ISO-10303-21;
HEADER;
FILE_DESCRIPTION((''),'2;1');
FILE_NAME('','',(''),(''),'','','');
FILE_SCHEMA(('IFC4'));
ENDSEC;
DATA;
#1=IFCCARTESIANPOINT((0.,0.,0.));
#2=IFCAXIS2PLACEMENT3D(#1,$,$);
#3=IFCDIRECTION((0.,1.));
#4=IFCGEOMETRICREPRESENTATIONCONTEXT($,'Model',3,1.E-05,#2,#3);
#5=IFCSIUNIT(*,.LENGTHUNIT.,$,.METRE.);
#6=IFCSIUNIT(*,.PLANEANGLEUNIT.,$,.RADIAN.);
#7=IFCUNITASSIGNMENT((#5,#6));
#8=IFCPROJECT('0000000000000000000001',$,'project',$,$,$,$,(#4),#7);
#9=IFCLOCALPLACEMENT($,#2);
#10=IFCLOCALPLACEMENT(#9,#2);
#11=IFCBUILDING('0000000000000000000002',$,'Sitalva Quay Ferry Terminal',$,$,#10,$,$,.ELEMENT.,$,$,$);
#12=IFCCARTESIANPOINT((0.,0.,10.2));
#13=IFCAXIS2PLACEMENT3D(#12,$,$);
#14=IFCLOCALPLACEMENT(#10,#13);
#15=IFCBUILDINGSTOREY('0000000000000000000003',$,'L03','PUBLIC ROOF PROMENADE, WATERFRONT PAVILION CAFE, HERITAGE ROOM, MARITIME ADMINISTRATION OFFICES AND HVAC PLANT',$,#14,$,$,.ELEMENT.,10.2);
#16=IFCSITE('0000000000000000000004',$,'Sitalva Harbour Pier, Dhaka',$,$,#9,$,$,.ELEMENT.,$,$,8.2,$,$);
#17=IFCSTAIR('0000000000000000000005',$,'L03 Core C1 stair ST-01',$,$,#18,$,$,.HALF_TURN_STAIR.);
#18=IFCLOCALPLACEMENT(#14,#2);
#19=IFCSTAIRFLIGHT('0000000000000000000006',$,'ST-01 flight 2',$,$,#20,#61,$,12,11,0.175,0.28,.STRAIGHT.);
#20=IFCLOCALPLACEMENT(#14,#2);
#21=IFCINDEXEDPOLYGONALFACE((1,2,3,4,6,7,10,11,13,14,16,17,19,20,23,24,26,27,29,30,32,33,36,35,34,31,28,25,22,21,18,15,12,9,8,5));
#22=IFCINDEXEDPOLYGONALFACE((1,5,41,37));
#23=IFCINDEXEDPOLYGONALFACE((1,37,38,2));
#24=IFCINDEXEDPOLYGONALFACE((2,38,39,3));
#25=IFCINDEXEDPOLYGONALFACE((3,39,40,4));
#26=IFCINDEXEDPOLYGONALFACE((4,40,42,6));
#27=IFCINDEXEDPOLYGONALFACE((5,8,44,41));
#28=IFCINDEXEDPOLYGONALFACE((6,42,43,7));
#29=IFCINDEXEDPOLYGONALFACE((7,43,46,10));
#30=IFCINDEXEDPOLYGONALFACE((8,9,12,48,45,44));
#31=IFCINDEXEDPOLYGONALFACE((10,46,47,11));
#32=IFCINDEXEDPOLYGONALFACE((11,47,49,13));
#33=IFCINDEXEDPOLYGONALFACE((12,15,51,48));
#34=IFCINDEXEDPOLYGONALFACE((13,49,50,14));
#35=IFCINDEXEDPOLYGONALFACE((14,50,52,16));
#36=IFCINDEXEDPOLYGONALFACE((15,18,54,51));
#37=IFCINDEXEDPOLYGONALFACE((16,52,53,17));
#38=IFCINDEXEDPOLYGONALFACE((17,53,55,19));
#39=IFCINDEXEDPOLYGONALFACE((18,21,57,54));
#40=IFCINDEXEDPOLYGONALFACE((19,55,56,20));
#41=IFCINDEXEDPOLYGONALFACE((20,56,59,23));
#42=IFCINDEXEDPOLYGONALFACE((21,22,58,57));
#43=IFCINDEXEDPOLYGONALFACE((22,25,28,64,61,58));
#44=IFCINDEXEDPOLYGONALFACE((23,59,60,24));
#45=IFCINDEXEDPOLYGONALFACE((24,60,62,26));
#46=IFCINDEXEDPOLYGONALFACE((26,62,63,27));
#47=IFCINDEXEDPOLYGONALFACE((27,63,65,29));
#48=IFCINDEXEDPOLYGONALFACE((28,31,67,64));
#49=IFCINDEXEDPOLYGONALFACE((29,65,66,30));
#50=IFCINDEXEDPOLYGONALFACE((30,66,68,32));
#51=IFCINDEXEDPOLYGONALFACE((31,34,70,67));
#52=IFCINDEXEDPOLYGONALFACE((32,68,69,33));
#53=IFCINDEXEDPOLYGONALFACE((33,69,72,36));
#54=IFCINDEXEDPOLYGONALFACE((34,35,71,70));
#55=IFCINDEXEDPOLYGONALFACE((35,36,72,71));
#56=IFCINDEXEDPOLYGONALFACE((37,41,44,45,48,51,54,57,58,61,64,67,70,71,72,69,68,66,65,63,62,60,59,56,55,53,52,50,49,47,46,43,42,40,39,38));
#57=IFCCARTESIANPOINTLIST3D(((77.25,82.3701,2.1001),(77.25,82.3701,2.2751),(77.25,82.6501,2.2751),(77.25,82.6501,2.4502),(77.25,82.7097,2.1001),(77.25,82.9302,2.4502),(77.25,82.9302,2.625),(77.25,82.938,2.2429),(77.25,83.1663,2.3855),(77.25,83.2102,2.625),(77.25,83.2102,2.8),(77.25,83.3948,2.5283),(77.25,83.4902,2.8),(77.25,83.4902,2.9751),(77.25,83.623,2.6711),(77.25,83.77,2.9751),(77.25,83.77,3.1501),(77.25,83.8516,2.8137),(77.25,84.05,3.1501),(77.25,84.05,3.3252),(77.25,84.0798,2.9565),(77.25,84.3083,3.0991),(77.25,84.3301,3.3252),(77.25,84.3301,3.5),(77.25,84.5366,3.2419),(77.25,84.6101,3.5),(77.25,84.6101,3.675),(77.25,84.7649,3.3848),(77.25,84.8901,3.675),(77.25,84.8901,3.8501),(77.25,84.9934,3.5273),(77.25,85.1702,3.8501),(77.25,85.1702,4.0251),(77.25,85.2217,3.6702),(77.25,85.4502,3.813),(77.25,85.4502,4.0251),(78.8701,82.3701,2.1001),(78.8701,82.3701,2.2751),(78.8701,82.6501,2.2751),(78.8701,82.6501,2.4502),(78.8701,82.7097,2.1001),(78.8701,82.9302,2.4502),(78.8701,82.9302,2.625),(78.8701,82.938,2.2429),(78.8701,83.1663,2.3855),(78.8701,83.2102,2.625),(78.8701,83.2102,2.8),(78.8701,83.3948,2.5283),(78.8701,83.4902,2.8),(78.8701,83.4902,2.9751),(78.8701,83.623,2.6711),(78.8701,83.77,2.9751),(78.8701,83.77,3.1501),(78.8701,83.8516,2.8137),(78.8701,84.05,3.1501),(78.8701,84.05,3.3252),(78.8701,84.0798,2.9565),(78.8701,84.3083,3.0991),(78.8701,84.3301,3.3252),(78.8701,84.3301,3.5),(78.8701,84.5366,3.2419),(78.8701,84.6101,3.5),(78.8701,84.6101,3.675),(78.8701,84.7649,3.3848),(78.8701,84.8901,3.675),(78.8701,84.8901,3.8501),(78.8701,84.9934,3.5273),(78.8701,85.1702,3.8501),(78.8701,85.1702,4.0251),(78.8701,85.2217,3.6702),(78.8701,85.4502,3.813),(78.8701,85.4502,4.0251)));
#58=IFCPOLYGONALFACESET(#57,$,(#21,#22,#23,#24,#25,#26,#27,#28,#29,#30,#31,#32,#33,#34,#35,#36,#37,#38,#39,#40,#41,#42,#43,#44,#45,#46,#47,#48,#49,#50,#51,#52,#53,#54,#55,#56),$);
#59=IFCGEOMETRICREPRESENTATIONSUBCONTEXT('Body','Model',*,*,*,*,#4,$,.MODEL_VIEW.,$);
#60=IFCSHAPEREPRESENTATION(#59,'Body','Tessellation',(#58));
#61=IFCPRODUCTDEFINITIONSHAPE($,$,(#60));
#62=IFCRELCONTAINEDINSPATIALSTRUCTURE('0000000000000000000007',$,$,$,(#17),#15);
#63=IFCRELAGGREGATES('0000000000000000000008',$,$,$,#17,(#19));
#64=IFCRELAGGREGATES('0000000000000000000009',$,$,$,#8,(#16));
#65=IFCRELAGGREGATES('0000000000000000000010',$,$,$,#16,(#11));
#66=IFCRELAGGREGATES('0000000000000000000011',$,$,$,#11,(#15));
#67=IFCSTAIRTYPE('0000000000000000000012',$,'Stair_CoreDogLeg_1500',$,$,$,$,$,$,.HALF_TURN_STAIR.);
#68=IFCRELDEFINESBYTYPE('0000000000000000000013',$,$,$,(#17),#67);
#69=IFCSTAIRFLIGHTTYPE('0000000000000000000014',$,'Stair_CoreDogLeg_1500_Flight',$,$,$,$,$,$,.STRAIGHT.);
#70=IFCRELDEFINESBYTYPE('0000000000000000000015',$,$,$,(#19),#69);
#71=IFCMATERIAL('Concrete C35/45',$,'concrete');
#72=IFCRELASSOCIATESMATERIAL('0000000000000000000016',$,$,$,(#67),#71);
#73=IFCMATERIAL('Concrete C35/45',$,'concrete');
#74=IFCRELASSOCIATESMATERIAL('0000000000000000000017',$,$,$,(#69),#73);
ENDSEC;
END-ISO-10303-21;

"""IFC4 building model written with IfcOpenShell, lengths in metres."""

from ifc_helpers import new_model, si_unit, direction, frame, origin, place, context, subcontext, project, spatial, polyline, outline, extrude, material, type_object, element, aggregate, save


model = new_model("IFC4")

# Units and contexts
model_context = context("Model", 3, precision=1e-05, world=origin(), true_north=direction((0.0, 1.0)))
body_context = subcontext(model_context, "Body", "Model", "MODEL_VIEW")
ifc_project = project(units=[si_unit("LENGTHUNIT", "METRE"), si_unit("PLANEANGLEUNIT", "RADIAN")], contexts=[model_context])

# Site, building, storey
site_placement = place(None, origin())
site = spatial("IfcSite", under=ifc_project, at=site_placement, Name="Sitalva Harbour Pier, Dhaka", CompositionType="ELEMENT", RefElevation=8.2)
building_placement = place(site_placement, origin())
building = spatial("IfcBuilding", under=site, at=building_placement, Name="Sitalva Quay Ferry Terminal", CompositionType="ELEMENT")
storey_placement = place(building_placement, frame((0.0, 0.0, 10.2)))
storey = spatial("IfcBuildingStorey", under=building, at=storey_placement, Name="L03", Description="PUBLIC ROOF PROMENADE, WATERFRONT PAVILION CAFE, HERITAGE ROOM, MARITIME ADMINISTRATION OFFICES AND HVAC PLANT", CompositionType="ELEMENT", Elevation=10.2)

# Stair, stair flight
ifc_material_1 = material(Name="Concrete C35/45", Category="concrete")
stair_type = type_object("IfcStairType", Name="Stair_CoreDogLeg_1500", PredefinedType="HALF_TURN_STAIR", material=ifc_material_1)
stair_placement = place(storey_placement, origin())
stair = element("IfcStair", 1, at=stair_placement, inside=storey, type_object=stair_type, Name="L03 Core C1 stair ST-01", PredefinedType="HALF_TURN_STAIR")
ifc_material_2 = material(Name="Concrete C35/45", Category="concrete")
stair_flight_type = type_object("IfcStairFlightType", Name="Stair_CoreDogLeg_1500_Flight", PredefinedType="STRAIGHT", material=ifc_material_2)
stair_flight_1_placement = place(storey_placement, frame((78.0601, 82.3701, 2.1001), z_axis=(0.0, 0.0, 1.0), x_axis=(0.0, 1.0, 0.0)))
stair_flight_1 = element("IfcStairFlight", 2, at=stair_flight_1_placement, type_object=stair_flight_type, Name="ST-01 flight 2", NumberOfRisers=12, NumberOfTreads=11, PredefinedType="STRAIGHT", RiserHeight=0.175, TreadLength=0.28, context=body_context, shape_type="SweptSolid", body=[
    extrude(outline(polyline([(0.0, 0.0), (0.0, 0.175), (0.28, 0.175), (0.28, 0.3501), (0.5601, 0.3501), (0.5601, 0.5249), (0.8401, 0.5249), (0.8401, 0.7), (1.1201, 0.7), (1.1201, 0.875), (1.3999, 0.875), (1.3999, 1.05), (1.6799, 1.05), (1.6799, 1.2251), (1.96, 1.2251), (1.96, 1.3999), (2.24, 1.3999), (2.24, 1.575), (2.52, 1.575), (2.52, 1.75), (2.8, 1.75), (2.8, 1.925), (3.0801, 1.925), (3.0801, 2.1001), (3.0801, 1.7129), (2.8516, 1.5701), (2.6233, 1.4272), (2.3948, 1.2847), (2.1665, 1.1418), (1.9382, 0.999), (1.7097, 0.8564), (1.4814, 0.7136), (1.2529, 0.571), (1.0247, 0.4282), (0.7961, 0.2854), (0.5679, 0.1428), (0.3396, 0.0), (0.0, 0.0)])), frame((0.0, 0.8101, 0.0), z_axis=(0.0, -1.0, 0.0), x_axis=(1.0, 0.0, 0.0)), (0.0, 0.0, 1.0), 1.6201),
])
aggregate(stair, [stair_flight_1])

save(model, "model.ifc")
